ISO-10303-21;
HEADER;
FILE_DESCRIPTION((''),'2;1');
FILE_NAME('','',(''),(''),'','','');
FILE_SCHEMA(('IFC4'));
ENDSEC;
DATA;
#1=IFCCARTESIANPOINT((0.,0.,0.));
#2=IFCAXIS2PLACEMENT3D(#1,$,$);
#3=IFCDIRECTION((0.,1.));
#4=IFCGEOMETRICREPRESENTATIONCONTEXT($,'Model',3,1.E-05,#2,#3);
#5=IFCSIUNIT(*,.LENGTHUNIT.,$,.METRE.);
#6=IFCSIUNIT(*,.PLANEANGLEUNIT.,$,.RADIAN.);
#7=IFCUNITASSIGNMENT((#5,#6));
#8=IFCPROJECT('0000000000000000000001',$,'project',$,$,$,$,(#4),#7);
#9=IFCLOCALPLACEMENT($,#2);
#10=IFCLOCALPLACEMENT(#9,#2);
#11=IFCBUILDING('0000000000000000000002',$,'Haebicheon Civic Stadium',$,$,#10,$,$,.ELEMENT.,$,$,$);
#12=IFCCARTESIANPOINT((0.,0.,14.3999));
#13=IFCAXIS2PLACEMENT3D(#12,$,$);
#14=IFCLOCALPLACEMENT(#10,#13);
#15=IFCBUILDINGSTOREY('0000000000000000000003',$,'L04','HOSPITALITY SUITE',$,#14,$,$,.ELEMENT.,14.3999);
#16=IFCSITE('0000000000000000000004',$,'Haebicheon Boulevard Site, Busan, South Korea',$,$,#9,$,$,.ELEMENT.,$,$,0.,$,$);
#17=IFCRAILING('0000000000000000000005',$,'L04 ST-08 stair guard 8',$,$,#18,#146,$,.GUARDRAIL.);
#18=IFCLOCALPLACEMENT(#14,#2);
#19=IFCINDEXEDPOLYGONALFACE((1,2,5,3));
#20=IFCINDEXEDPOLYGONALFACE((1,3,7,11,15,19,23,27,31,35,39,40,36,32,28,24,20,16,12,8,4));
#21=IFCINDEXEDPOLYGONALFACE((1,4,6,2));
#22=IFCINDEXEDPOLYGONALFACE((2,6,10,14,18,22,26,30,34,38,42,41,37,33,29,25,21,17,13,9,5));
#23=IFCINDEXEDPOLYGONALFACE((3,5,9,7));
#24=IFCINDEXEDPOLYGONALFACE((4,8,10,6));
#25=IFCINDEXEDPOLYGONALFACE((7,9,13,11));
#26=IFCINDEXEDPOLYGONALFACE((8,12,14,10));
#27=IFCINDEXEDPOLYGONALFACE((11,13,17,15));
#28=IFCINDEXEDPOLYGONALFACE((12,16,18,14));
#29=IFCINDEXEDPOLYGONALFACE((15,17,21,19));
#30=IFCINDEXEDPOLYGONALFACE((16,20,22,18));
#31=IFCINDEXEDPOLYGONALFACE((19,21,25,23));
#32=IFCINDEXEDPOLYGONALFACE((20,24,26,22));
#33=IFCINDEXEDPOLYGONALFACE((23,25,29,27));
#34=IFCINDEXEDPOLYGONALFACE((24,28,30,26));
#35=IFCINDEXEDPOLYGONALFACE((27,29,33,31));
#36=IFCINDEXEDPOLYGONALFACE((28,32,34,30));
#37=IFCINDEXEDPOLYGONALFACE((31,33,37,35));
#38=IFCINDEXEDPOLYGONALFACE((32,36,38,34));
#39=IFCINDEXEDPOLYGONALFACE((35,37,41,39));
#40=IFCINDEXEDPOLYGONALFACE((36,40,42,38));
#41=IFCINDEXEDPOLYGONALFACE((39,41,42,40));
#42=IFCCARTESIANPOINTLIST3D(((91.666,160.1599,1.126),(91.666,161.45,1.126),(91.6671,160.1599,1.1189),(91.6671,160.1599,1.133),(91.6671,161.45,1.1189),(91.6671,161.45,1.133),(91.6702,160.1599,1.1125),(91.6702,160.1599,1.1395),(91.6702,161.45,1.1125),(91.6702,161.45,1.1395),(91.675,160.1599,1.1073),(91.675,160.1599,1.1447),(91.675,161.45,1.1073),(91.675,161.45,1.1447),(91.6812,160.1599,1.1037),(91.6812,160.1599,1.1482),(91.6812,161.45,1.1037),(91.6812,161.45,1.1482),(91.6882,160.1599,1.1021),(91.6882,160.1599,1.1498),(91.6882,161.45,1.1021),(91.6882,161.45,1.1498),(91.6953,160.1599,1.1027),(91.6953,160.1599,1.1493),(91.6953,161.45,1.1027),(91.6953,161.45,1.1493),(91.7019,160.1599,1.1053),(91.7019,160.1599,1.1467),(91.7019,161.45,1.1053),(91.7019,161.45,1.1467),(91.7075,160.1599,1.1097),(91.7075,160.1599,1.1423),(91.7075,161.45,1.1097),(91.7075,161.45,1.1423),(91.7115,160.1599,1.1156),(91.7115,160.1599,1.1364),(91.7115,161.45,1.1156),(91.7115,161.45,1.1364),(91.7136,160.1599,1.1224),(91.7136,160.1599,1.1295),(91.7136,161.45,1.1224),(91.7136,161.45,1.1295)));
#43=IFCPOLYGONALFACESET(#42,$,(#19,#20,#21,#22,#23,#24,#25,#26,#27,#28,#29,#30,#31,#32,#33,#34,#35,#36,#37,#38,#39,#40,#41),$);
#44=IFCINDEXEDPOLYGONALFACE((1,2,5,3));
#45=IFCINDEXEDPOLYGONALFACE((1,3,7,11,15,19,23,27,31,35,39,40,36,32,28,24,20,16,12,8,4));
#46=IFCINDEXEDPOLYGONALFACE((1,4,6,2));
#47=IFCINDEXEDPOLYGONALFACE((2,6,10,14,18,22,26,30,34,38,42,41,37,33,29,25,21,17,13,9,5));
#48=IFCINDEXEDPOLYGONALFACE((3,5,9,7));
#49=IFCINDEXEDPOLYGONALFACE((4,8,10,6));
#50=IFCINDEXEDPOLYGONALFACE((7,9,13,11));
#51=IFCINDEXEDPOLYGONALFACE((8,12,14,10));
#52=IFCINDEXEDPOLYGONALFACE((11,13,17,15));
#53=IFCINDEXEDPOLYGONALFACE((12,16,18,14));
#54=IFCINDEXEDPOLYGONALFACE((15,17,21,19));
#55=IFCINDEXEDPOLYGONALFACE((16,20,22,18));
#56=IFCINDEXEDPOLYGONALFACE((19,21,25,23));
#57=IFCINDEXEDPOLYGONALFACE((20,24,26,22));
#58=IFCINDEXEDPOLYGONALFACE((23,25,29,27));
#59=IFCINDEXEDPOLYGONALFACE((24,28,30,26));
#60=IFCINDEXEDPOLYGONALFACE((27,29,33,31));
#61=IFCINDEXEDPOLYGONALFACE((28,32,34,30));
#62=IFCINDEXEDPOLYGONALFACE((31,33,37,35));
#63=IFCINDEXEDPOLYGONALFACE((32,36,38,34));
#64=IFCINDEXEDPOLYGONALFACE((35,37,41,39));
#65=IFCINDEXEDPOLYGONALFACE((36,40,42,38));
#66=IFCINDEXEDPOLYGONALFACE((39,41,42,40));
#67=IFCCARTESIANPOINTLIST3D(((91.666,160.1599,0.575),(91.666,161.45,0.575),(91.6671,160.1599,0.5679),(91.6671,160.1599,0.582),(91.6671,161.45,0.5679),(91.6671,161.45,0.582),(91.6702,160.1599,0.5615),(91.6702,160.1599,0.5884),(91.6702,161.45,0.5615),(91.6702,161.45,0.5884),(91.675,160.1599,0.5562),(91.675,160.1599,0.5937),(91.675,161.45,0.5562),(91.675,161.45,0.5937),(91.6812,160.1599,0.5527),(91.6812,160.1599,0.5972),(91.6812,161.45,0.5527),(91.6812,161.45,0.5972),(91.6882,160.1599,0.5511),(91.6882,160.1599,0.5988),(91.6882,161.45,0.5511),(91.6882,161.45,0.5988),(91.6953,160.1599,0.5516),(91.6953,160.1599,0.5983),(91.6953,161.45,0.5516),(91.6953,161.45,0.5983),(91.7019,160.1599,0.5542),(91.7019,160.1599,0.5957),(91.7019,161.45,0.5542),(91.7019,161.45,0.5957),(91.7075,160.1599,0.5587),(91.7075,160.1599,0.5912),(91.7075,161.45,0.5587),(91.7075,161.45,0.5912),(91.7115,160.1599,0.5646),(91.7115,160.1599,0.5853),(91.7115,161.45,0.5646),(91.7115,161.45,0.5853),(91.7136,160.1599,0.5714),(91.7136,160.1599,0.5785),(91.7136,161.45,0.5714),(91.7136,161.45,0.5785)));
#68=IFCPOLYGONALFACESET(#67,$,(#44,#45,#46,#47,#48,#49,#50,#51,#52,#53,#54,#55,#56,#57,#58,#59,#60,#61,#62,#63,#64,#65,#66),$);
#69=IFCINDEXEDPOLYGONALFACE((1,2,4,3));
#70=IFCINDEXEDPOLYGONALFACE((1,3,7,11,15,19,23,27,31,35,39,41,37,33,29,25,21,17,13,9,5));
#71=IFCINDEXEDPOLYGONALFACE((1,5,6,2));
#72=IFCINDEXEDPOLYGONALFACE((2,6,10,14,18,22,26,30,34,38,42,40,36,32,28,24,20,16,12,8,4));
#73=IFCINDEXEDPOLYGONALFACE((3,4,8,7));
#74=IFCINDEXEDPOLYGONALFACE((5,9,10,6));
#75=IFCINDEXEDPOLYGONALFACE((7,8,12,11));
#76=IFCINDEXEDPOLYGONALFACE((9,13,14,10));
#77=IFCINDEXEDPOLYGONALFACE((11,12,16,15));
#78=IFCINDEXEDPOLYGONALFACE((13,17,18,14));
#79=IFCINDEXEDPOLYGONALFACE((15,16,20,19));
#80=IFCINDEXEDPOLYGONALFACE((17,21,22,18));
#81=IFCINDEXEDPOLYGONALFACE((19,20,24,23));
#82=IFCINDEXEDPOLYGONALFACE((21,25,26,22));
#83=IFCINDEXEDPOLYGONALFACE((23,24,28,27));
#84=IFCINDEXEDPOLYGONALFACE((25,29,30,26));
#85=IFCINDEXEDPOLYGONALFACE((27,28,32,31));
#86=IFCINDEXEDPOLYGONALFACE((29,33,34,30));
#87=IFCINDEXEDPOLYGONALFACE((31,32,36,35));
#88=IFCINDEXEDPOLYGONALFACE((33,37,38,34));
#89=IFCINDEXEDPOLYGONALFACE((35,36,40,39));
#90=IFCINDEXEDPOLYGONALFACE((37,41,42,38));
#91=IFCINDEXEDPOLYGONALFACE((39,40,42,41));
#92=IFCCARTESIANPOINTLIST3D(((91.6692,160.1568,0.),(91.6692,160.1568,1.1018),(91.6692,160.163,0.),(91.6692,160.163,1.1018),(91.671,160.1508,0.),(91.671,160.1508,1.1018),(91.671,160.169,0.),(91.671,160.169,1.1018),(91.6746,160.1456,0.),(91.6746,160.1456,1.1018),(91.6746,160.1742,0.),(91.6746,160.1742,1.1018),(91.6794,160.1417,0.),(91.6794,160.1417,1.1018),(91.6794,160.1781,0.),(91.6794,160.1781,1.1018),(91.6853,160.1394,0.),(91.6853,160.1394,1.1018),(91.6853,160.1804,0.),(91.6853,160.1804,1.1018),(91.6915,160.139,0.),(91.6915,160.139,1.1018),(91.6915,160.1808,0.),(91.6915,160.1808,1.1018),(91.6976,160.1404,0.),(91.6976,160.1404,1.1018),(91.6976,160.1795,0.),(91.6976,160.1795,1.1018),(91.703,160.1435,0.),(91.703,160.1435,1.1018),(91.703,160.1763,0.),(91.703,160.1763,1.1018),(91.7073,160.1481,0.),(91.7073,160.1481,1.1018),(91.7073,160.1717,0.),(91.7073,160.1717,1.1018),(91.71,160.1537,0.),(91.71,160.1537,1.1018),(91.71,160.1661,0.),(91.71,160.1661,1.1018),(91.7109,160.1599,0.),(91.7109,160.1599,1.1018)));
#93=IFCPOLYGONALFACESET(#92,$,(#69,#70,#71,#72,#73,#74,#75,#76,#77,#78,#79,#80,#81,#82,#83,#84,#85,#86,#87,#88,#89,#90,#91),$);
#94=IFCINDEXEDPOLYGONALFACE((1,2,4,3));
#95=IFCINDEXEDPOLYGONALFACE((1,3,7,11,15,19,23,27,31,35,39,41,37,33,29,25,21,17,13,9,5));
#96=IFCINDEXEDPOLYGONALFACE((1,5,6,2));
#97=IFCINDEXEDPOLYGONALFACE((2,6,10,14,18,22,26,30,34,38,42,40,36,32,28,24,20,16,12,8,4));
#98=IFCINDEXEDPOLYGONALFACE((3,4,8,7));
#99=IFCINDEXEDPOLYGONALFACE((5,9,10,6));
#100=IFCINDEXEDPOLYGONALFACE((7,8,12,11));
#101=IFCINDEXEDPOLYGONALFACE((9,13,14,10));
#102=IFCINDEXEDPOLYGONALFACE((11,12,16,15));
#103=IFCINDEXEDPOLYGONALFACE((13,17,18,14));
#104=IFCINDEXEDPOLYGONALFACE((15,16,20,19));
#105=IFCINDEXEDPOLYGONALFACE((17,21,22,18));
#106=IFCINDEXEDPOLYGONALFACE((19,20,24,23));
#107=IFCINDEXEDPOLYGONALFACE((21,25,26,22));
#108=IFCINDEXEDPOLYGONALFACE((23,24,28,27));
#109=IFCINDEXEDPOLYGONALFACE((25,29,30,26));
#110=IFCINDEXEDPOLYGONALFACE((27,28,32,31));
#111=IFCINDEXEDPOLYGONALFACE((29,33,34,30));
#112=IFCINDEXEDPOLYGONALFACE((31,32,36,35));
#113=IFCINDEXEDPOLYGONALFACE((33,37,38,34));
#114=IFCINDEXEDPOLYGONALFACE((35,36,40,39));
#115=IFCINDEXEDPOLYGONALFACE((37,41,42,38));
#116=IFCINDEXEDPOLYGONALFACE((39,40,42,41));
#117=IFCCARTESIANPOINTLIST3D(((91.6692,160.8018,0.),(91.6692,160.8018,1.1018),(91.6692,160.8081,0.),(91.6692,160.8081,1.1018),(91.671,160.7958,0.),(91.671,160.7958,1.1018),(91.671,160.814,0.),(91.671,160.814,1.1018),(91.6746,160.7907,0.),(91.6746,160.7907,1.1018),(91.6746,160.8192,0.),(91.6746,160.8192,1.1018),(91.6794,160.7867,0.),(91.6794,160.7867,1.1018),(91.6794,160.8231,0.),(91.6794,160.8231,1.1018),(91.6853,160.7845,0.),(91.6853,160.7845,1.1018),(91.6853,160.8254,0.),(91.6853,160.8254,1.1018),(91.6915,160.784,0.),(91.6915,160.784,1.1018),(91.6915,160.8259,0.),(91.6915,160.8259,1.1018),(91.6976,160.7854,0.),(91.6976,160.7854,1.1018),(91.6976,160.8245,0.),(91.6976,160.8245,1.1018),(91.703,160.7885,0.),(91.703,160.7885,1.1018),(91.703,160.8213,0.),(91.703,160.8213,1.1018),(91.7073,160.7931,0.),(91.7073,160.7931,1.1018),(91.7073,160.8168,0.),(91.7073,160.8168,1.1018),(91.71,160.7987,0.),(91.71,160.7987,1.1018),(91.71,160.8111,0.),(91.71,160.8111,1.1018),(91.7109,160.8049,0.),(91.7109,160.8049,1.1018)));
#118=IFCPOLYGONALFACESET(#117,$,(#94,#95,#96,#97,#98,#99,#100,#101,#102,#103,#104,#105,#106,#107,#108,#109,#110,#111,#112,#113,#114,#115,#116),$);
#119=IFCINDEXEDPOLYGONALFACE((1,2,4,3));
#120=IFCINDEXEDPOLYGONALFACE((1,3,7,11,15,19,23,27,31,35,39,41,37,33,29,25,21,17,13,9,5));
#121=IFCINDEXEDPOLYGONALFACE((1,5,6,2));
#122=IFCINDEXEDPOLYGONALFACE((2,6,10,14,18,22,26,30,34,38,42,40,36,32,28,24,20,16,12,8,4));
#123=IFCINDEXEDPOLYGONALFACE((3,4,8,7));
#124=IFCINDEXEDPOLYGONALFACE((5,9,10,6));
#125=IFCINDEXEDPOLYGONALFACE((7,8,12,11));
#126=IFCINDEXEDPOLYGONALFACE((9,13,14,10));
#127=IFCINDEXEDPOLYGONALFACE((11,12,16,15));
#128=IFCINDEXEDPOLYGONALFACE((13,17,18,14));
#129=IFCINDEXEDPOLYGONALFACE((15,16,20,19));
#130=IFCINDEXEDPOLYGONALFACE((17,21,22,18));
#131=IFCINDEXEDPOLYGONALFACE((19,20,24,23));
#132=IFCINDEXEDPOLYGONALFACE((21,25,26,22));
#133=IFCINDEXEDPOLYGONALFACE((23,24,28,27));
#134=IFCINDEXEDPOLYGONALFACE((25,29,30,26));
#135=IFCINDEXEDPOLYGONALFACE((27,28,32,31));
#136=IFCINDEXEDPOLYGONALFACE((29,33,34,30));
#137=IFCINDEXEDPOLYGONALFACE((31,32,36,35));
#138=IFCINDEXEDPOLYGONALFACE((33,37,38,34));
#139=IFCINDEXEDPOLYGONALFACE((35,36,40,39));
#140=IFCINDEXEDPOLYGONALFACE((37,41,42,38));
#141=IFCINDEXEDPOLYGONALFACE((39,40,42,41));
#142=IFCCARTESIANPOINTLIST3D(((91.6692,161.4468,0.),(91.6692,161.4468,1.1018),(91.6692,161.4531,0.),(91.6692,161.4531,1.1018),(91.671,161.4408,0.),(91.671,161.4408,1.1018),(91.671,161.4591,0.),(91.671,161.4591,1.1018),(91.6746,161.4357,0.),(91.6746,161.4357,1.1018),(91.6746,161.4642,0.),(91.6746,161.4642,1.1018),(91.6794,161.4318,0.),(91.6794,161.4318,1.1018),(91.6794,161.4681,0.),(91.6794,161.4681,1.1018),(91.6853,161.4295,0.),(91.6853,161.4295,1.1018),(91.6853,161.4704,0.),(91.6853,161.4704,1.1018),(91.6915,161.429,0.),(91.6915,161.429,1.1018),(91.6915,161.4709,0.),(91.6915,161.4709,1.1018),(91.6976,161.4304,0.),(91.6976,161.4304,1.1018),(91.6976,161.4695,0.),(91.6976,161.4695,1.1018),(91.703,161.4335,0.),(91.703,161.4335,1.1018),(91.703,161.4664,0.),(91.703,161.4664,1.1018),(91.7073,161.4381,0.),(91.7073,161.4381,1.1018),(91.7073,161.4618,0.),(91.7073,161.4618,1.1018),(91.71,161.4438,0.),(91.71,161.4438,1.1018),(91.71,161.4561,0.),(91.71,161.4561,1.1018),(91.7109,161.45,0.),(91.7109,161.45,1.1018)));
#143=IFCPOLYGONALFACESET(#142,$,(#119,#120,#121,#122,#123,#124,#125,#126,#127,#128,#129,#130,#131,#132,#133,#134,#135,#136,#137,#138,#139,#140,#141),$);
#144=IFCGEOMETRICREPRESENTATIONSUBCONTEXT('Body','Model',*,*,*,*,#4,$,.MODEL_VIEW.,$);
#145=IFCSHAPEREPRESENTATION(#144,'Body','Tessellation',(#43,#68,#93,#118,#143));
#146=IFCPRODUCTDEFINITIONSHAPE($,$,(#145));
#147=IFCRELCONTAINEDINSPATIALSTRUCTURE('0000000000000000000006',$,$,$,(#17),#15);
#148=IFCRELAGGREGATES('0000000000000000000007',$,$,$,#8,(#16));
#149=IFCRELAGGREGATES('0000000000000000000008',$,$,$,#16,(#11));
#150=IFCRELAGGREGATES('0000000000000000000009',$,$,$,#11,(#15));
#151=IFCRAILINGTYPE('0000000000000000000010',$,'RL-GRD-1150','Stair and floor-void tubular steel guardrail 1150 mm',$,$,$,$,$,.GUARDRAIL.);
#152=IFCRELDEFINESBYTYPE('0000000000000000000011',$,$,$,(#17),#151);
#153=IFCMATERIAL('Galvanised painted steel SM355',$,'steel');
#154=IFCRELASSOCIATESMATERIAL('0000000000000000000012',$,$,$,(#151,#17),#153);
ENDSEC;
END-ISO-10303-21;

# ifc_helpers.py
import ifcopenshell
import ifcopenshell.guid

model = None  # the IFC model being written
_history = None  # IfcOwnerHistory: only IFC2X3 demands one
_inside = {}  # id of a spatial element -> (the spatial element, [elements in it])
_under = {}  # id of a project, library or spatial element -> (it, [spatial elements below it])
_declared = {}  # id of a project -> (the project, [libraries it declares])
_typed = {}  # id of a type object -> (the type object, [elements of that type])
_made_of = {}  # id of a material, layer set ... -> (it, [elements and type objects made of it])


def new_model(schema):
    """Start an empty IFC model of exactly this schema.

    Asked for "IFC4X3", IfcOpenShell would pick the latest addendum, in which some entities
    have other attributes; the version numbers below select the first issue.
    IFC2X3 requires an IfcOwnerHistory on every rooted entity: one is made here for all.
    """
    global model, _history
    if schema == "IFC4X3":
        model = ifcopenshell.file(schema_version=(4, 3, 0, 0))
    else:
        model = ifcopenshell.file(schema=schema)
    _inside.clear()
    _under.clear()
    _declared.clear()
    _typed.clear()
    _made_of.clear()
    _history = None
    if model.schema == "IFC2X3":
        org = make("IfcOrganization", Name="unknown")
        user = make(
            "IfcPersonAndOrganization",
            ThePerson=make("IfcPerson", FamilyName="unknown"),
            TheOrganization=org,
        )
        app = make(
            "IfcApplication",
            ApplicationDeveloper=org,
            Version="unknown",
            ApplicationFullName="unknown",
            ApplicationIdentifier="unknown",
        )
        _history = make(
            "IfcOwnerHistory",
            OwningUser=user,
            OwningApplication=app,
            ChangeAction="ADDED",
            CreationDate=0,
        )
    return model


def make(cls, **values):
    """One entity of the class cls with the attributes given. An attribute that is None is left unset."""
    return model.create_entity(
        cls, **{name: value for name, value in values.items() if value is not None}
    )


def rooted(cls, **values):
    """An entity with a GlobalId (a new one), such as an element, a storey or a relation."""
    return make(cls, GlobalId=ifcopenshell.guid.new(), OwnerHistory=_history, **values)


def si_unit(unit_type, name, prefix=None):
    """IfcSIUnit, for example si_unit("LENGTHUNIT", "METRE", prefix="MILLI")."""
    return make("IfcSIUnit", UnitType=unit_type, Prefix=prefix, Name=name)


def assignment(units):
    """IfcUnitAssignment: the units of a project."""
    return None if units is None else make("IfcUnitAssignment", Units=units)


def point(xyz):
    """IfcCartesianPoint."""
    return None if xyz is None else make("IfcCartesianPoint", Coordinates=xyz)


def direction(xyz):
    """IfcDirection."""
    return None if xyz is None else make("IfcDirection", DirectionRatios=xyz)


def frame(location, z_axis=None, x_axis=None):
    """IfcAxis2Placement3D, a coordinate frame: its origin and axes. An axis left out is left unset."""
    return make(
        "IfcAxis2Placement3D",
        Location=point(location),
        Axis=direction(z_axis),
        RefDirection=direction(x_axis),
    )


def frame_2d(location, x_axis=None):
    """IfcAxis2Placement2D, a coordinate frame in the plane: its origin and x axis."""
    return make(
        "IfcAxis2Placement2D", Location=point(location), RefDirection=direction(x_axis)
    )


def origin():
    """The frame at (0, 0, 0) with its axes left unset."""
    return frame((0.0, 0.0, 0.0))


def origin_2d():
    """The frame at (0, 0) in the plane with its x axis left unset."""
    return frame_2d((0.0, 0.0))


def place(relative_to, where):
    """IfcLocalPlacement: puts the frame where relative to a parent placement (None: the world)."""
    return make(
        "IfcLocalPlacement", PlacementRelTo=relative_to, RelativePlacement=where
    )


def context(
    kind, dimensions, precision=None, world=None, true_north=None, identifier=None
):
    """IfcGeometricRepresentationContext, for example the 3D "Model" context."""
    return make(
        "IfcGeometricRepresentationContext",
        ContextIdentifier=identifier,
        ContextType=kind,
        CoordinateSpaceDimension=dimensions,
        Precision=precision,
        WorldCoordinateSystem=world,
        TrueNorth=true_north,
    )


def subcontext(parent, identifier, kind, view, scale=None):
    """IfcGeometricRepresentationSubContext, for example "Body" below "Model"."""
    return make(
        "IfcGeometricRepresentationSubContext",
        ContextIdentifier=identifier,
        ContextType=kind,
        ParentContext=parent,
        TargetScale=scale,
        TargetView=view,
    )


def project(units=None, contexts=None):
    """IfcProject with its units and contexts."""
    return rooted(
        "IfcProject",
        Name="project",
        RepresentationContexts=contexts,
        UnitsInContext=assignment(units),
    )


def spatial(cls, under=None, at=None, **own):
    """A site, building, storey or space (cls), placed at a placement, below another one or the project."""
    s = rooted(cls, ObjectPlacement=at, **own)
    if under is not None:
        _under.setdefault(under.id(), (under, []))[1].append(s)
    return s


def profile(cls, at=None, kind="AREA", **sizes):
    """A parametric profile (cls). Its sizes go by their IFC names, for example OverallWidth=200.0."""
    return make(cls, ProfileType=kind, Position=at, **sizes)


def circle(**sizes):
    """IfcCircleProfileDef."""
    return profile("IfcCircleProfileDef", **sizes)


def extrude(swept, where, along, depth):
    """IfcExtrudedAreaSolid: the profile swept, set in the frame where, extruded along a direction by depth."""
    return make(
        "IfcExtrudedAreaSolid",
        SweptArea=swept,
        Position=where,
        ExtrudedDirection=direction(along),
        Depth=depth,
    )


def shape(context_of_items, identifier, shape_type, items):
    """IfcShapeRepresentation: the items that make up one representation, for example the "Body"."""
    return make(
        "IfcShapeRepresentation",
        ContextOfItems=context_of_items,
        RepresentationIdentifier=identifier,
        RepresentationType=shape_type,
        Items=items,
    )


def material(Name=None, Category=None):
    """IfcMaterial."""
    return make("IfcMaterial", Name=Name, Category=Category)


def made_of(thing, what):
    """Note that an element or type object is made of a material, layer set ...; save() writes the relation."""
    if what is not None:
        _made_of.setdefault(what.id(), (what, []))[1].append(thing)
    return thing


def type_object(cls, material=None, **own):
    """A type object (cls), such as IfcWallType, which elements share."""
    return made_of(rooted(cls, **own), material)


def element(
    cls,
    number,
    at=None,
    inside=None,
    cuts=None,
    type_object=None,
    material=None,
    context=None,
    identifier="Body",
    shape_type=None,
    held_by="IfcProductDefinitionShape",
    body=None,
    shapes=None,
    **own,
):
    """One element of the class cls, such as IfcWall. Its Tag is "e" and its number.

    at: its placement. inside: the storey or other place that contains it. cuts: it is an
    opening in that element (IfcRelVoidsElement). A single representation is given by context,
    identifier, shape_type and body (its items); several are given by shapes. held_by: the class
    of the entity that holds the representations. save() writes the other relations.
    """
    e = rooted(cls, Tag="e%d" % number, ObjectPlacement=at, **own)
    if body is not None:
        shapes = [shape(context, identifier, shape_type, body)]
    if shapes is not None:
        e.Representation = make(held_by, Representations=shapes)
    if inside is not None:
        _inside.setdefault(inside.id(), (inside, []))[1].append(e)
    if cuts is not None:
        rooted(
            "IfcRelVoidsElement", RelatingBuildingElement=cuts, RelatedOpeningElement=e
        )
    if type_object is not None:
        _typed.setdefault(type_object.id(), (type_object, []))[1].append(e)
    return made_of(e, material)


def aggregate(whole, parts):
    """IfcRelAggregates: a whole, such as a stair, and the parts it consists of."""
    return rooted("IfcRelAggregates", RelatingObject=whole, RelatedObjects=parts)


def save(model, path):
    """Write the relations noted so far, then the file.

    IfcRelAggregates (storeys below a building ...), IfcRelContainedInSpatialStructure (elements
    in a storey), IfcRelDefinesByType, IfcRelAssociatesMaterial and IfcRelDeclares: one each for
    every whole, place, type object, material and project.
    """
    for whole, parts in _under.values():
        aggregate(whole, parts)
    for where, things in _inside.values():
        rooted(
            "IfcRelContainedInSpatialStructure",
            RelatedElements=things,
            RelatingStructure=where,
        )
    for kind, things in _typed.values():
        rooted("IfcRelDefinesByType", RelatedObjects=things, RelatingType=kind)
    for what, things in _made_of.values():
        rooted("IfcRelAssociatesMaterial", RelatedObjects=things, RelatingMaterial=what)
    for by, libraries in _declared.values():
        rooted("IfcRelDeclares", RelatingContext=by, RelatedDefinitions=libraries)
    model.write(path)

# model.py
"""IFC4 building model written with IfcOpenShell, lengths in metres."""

from ifc_helpers import new_model, si_unit, direction, frame, origin, origin_2d, place, context, subcontext, project, spatial, circle, extrude, material, type_object, element, save


model = new_model("IFC4")

# Units and contexts
model_context = context("Model", 3, precision=1e-05, world=origin(), true_north=direction((0.0, 1.0)))
body_context = subcontext(model_context, "Body", "Model", "MODEL_VIEW")
ifc_project = project(units=[si_unit("LENGTHUNIT", "METRE"), si_unit("PLANEANGLEUNIT", "RADIAN")], contexts=[model_context])

# Site, building, storey
site_placement = place(None, origin())
site = spatial("IfcSite", under=ifc_project, at=site_placement, Name="Haebicheon Boulevard Site, Busan, South Korea", CompositionType="ELEMENT", RefElevation=0.0)
building_placement = place(site_placement, origin())
building = spatial("IfcBuilding", under=site, at=building_placement, Name="Haebicheon Civic Stadium", CompositionType="ELEMENT")
storey_placement = place(building_placement, frame((0.0, 0.0, 14.3999)))
storey = spatial("IfcBuildingStorey", under=building, at=storey_placement, Name="L04", Description="HOSPITALITY SUITE", CompositionType="ELEMENT", Elevation=14.3999)

# Railing
ifc_material_1 = material(Name="Galvanised painted steel SM355", Category="steel")
railing_type_1 = type_object("IfcRailingType", Name="RL-GRD-1150", Description="Stair and floor-void tubular steel guardrail 1150 mm", PredefinedType="GUARDRAIL", material=ifc_material_1)
for number, where, name in (
    (1, (91.6899, 160.1599, 0.0), "L04 ST-08 stair guard 8"),
):
    element("IfcRailing", number, at=place(storey_placement, frame(where)), inside=storey, type_object=railing_type_1, material=ifc_material_1, Name=name, PredefinedType="GUARDRAIL", context=body_context, shape_type="SweptSolid", body=[
        extrude(circle(Radius=0.0239, at=origin_2d()), frame((0.0, 0.0, 1.126), z_axis=(0.0, 1.0, 0.0), x_axis=(-1.0, 0.0, 0.0)), (0.0, 0.0, 1.0), 1.29),
        extrude(circle(Radius=0.0239, at=origin_2d()), frame((0.0, 0.0, 0.575), z_axis=(0.0, 1.0, 0.0), x_axis=(-1.0, 0.0, 0.0)), (0.0, 0.0, 1.0), 1.29),
        extrude(circle(Radius=0.021, at=origin_2d()), origin(), (0.0, 0.0, 1.0), 1.1018),
        extrude(circle(Radius=0.021, at=origin_2d()), frame((0.0, 0.645, 0.0)), (0.0, 0.0, 1.0), 1.1018),
        extrude(circle(Radius=0.021, at=origin_2d()), frame((0.0, 1.29, 0.0)), (0.0, 0.0, 1.0), 1.1018),
    ])

save(model, "model.ifc")
